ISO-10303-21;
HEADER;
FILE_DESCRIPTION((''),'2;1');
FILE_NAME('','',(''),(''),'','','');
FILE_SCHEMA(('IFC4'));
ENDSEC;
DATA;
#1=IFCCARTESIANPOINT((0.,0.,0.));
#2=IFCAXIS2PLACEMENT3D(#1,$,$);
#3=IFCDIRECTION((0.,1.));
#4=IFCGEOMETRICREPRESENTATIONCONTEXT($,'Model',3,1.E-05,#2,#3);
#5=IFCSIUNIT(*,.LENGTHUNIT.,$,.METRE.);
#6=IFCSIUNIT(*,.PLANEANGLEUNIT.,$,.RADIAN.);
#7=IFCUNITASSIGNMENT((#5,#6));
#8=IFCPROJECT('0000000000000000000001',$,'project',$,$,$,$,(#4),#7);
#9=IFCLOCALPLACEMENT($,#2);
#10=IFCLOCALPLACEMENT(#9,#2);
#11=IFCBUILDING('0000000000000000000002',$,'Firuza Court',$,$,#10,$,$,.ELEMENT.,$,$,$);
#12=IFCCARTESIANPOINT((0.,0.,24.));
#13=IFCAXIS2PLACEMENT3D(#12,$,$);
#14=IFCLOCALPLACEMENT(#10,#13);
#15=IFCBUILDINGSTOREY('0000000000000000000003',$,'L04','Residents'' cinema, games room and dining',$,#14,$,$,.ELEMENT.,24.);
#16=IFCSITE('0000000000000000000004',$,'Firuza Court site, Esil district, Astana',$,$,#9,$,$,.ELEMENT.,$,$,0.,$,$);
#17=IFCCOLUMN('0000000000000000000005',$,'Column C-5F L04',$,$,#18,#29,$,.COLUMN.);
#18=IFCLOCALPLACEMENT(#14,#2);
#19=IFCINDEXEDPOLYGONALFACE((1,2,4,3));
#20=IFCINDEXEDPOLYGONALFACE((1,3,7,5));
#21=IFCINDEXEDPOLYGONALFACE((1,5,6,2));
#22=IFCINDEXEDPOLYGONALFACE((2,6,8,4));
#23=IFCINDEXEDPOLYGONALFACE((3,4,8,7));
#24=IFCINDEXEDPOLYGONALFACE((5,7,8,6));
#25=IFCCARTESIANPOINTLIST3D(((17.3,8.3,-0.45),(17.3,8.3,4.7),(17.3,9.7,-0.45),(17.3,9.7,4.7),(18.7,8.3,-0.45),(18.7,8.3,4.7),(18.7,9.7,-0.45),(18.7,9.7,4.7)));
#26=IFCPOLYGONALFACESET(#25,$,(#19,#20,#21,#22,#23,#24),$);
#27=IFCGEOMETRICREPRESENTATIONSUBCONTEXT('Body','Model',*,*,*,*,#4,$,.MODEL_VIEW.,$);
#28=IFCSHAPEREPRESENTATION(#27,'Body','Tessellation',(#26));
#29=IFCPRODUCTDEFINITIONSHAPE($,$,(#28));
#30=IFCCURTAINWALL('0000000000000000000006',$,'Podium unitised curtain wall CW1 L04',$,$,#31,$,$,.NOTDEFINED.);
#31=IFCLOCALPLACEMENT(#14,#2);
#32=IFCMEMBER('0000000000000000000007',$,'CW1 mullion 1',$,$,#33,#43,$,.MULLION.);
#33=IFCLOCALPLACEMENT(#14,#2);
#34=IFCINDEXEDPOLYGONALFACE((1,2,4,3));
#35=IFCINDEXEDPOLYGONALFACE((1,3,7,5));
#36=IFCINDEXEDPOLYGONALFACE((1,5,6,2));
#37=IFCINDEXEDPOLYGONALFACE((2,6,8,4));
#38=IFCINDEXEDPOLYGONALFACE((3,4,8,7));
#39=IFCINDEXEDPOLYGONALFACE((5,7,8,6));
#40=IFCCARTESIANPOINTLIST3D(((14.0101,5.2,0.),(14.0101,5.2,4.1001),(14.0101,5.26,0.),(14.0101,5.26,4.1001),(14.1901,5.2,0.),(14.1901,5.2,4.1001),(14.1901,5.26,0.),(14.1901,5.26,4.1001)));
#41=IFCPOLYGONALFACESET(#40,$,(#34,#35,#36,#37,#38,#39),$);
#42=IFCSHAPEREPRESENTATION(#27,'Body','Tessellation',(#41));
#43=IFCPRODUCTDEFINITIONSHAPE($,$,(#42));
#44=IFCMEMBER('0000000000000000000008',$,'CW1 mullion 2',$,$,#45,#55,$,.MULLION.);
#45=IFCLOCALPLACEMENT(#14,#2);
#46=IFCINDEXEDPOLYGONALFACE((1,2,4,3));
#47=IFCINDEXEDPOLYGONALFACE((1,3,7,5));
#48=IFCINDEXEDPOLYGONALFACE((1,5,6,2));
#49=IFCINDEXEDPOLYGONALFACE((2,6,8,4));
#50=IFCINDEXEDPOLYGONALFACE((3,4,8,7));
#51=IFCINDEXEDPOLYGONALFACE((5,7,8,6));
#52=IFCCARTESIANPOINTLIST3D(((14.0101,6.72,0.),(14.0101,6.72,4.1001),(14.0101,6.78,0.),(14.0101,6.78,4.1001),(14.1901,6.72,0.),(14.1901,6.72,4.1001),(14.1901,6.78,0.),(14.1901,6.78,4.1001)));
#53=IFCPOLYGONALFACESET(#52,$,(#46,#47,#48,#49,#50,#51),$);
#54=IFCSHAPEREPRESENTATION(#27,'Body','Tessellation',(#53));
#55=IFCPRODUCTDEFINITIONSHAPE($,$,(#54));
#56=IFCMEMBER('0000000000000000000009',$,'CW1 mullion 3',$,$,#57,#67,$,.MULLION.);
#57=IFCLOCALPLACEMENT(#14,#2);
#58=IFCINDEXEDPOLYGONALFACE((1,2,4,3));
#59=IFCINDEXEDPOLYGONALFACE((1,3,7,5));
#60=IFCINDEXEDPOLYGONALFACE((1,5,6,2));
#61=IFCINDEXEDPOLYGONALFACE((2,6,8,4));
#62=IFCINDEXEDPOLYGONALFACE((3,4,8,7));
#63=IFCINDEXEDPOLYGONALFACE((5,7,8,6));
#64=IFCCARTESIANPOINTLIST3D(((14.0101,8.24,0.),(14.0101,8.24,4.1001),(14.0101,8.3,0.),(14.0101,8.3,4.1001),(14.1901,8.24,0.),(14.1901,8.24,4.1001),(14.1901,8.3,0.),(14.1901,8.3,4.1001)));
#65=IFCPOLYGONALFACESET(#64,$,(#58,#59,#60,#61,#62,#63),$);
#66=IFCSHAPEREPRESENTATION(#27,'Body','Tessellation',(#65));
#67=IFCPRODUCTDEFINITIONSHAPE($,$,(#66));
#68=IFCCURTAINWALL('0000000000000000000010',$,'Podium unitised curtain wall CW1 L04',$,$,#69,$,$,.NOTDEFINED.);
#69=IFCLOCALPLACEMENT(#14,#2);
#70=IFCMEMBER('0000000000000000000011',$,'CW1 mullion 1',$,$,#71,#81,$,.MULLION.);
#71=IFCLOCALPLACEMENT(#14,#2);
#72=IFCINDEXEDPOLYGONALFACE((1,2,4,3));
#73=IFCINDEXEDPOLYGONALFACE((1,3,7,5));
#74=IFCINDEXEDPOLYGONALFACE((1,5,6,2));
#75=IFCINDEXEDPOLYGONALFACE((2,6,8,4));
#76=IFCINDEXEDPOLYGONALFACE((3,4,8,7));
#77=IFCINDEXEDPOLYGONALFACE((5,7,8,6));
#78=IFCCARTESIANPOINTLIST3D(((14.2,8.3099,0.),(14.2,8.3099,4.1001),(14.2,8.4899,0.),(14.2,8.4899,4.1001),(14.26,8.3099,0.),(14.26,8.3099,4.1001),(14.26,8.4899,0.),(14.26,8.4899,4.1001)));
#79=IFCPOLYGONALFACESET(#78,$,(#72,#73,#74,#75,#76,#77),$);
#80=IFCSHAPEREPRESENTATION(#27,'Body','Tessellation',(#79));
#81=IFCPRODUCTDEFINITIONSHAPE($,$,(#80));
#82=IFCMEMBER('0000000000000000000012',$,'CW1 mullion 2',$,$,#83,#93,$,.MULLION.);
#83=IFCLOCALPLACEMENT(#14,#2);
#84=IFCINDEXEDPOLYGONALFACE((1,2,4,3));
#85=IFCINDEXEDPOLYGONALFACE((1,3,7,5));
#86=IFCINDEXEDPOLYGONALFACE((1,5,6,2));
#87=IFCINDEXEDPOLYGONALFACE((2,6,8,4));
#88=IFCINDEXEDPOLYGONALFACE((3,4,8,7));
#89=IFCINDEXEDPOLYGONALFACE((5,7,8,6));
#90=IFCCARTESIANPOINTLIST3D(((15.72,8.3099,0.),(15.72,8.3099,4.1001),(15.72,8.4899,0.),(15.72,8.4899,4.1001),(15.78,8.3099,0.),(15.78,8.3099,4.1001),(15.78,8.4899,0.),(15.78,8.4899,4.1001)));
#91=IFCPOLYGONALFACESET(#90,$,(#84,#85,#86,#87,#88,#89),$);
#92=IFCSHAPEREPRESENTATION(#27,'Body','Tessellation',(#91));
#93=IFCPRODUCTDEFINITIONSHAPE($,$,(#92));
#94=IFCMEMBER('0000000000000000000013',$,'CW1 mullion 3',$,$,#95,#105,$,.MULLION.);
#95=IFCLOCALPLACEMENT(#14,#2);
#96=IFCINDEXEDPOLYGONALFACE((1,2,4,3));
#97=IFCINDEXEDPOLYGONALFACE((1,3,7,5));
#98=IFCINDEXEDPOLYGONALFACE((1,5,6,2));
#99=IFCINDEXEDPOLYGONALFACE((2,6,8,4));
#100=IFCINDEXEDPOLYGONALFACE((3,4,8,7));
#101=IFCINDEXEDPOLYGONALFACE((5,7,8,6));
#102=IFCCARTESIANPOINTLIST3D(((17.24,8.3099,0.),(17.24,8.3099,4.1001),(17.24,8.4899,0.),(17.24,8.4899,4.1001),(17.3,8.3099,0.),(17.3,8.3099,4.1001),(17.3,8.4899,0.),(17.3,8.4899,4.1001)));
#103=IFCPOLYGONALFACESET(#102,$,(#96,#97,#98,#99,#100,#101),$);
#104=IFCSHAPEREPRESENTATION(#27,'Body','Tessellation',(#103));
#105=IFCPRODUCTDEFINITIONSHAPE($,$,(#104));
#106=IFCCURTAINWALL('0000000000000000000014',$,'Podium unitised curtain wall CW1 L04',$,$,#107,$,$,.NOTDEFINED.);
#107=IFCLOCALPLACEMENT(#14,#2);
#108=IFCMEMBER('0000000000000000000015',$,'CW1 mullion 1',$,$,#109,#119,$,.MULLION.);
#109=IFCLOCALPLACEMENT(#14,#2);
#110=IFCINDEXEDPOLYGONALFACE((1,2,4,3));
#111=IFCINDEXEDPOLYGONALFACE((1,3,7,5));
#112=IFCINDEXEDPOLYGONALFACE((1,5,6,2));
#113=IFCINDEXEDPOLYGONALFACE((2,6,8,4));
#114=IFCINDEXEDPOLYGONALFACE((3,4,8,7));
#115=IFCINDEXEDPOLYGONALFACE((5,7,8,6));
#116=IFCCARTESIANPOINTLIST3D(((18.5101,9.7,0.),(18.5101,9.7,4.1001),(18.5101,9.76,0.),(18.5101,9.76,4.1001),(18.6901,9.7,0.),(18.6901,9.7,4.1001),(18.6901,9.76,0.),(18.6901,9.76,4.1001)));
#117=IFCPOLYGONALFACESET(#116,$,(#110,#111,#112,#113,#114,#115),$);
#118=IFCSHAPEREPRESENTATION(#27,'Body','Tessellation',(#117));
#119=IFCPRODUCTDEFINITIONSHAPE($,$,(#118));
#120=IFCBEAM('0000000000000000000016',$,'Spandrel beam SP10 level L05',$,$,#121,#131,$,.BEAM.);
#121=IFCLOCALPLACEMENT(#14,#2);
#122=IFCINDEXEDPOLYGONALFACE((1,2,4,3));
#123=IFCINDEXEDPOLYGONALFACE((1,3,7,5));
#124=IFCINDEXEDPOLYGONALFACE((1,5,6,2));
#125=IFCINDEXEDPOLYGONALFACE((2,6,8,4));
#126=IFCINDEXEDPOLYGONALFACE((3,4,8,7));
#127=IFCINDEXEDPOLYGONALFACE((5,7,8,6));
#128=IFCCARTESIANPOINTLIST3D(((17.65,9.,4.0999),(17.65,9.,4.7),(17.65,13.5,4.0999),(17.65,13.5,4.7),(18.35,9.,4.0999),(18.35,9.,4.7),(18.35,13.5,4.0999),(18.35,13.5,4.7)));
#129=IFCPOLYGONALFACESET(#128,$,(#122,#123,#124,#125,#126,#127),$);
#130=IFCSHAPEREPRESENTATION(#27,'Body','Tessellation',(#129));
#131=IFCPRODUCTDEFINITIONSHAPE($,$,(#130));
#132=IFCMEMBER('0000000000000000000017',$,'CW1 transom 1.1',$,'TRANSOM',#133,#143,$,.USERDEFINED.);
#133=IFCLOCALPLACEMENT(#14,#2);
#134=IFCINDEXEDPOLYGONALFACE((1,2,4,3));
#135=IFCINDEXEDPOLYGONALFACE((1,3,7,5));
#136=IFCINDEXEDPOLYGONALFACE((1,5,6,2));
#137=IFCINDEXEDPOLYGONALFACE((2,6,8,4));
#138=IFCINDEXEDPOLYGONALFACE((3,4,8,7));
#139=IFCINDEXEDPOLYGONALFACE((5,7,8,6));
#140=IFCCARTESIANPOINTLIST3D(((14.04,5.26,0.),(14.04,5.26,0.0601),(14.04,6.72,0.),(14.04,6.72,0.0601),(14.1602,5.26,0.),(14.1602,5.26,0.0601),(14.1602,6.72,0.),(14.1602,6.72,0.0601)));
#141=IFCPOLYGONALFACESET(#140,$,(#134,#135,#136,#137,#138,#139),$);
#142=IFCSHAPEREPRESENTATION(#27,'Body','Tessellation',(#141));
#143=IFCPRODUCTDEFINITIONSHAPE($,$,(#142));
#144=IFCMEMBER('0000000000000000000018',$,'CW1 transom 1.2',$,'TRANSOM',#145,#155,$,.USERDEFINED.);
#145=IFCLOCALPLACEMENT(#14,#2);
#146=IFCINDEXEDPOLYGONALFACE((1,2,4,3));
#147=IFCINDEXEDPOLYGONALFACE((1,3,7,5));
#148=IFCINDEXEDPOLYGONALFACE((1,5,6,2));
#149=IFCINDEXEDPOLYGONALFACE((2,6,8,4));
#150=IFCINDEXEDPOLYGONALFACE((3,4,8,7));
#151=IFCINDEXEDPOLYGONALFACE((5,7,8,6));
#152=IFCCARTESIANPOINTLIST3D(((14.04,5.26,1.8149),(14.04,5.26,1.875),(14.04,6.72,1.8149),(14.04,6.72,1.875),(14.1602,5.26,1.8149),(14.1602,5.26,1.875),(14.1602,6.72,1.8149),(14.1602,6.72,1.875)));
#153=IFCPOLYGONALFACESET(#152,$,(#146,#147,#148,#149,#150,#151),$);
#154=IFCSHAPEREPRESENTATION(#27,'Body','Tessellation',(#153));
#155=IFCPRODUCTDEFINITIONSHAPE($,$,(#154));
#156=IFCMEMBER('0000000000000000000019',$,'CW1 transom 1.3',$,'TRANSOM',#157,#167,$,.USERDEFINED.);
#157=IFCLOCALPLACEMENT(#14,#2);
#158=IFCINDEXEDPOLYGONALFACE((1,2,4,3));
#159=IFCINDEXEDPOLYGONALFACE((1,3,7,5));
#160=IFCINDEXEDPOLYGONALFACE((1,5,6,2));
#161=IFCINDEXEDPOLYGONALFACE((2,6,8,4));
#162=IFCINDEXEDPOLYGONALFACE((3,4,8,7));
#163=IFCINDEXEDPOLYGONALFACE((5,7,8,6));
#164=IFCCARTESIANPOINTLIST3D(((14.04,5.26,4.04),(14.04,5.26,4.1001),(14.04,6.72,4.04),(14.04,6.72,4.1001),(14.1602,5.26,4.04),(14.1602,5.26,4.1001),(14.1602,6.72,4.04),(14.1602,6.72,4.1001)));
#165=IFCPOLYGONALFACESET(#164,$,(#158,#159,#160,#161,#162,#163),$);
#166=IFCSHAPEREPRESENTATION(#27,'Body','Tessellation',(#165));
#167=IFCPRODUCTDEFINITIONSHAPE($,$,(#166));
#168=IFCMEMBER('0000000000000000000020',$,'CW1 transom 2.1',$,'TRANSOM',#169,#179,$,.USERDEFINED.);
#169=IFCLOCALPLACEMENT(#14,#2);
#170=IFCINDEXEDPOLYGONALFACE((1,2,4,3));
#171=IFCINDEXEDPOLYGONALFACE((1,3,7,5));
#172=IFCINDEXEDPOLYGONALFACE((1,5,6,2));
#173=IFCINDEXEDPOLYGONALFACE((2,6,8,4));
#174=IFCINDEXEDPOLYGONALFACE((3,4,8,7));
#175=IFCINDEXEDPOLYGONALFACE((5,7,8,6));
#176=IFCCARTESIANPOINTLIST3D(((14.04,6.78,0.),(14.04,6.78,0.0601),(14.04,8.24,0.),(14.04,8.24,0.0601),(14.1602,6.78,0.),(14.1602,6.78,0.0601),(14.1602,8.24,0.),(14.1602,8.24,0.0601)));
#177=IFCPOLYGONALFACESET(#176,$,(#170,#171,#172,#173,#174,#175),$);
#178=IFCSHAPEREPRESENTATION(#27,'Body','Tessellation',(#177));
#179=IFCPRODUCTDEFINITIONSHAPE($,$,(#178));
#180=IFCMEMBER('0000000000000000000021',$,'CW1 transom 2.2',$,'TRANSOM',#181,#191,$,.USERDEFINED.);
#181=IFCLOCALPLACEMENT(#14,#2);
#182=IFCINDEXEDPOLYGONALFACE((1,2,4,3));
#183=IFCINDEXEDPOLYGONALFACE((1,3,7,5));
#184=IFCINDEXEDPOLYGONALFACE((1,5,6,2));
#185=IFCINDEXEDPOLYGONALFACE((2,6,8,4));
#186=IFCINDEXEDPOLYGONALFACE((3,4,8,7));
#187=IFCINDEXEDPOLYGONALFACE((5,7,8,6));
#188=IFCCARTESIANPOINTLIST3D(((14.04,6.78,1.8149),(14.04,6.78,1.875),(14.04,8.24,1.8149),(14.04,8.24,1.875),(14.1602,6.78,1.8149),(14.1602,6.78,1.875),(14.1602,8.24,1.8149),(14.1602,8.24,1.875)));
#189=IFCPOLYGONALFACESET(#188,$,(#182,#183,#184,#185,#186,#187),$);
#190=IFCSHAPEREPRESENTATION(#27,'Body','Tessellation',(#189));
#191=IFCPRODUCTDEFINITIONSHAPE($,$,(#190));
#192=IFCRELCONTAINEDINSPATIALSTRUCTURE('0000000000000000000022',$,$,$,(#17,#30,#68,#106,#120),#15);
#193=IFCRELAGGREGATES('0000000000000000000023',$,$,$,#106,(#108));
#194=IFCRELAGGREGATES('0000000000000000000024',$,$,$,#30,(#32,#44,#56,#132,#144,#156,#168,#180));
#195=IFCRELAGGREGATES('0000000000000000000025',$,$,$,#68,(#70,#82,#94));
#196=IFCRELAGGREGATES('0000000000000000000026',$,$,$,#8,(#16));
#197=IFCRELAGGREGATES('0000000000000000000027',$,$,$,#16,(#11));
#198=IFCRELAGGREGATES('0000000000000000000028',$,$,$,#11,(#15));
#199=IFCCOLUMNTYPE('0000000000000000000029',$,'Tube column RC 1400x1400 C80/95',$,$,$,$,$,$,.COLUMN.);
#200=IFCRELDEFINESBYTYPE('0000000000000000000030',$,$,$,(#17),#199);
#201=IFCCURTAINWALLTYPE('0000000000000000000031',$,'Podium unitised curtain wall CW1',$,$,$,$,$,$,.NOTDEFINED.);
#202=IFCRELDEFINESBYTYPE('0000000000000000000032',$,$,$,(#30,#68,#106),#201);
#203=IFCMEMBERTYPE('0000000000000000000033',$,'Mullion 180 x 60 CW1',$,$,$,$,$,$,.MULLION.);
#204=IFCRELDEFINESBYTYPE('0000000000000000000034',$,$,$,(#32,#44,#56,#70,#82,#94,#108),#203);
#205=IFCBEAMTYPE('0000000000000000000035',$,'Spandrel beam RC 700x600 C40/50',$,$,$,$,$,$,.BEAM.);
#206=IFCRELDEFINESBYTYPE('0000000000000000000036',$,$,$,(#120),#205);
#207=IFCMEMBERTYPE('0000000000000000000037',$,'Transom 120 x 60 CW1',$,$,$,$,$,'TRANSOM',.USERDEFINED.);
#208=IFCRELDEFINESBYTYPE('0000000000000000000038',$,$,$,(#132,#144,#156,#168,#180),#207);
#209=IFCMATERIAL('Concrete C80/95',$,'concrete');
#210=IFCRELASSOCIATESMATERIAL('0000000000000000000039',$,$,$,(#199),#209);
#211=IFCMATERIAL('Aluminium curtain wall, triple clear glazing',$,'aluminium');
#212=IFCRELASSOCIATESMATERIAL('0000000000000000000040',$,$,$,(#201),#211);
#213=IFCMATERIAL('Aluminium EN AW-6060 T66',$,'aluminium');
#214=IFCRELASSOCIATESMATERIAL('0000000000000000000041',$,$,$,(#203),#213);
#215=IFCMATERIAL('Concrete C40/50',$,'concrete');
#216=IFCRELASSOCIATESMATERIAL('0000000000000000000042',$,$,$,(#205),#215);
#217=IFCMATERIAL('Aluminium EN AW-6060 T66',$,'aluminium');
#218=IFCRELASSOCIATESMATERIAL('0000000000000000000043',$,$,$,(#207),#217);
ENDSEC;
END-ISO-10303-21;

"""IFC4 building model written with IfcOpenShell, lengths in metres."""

from ifc_helpers import new_model, si_unit, direction, frame, origin, origin_2d, place, context, subcontext, project, spatial, rectangle, extrude, material, material_profile, profile_set, type_object, element, aggregate, save


model = new_model("IFC4")

# Units and contexts
model_context = context("Model", 3, precision=1e-05, world=origin(), true_north=direction((0.0, 1.0)))
body_context = subcontext(model_context, "Body", "Model", "MODEL_VIEW")
ifc_project = project(units=[si_unit("LENGTHUNIT", "METRE"), si_unit("PLANEANGLEUNIT", "RADIAN")], contexts=[model_context])

# Site, building, storey
site_placement = place(None, origin())
site = spatial("IfcSite", under=ifc_project, at=site_placement, Name="Firuza Court site, Esil district, Astana", CompositionType="ELEMENT", RefElevation=0.0)
building_placement = place(site_placement, origin())
building = spatial("IfcBuilding", under=site, at=building_placement, Name="Firuza Court", CompositionType="ELEMENT")
storey_placement = place(building_placement, frame((0.0, 0.0, 24.0)))
storey = spatial("IfcBuildingStorey", under=building, at=storey_placement, Name="L04", Description="Residents' cinema, games room and dining", CompositionType="ELEMENT", Elevation=24.0)

# Column
ifc_material_1 = material(Name="Concrete C80/95", Category="concrete")
ifc_material_profile_1 = material_profile(ifc_material_1, rectangle(XDim=1.3999, YDim=1.3999, at=origin_2d()), Name="RC 1400x1400")
ifc_profile_set_1 = profile_set([ifc_material_profile_1], Name="Concrete C80/95")
column_type = type_object("IfcColumnType", Name="Tube column RC 1400x1400 C80/95", PredefinedType="COLUMN", material=ifc_profile_set_1)
column_placement = place(storey_placement, frame((18.0, 9.0, -0.45), z_axis=(0.0, 0.0, 1.0), x_axis=(1.0, 0.0, 0.0)))
element("IfcColumn", 1, at=column_placement, inside=storey, type_object=column_type, Name="Column C-5F L04", PredefinedType="COLUMN", context=body_context, shape_type="SweptSolid", body=[
    extrude(rectangle(XDim=1.3999, YDim=1.3999, at=origin_2d()), origin(), (0.0, 0.0, 1.0), 5.1499),
])

# Curtain walls, members
ifc_material_2 = material(Name="Aluminium curtain wall, triple clear glazing", Category="aluminium")
curtain_wall_type = type_object("IfcCurtainWallType", Name="Podium unitised curtain wall CW1", PredefinedType="NOTDEFINED", material=ifc_material_2)
curtain_wall_1_placement = place(storey_placement, origin())
curtain_wall_1 = element("IfcCurtainWall", 2, at=curtain_wall_1_placement, inside=storey, type_object=curtain_wall_type, Name="Podium unitised curtain wall CW1 L04", PredefinedType="NOTDEFINED")
ifc_material_3 = material(Name="Aluminium EN AW-6060 T66", Category="aluminium")
ifc_material_profile_2 = material_profile(ifc_material_3, rectangle(XDim=0.1799, YDim=0.0601, at=origin_2d()), Name="Mullion 180 x 60 CW1")
ifc_profile_set_2 = profile_set([ifc_material_profile_2], Name="Aluminium EN AW-6060 T66")
member_type_1 = type_object("IfcMemberType", Name="Mullion 180 x 60 CW1", PredefinedType="MULLION", material=ifc_profile_set_2)
member_1_placement = place(storey_placement, frame((14.1001, 5.23, 0.0), z_axis=(0.0, 0.0, 1.0), x_axis=(-1.0, 0.0, 0.0)))
member_1 = element("IfcMember", 3, at=member_1_placement, type_object=member_type_1, Name="CW1 mullion 1", PredefinedType="MULLION", context=body_context, shape_type="SweptSolid", body=[
    extrude(rectangle(XDim=0.1799, YDim=0.0601, at=origin_2d()), origin(), (0.0, 0.0, 1.0), 4.1001),
])
member_2_placement = place(storey_placement, frame((14.1001, 6.75, 0.0), z_axis=(0.0, 0.0, 1.0), x_axis=(-1.0, 0.0, 0.0)))
member_2 = element("IfcMember", 4, at=member_2_placement, type_object=member_type_1, Name="CW1 mullion 2", PredefinedType="MULLION", context=body_context, shape_type="SweptSolid", body=[
    extrude(rectangle(XDim=0.1799, YDim=0.0601, at=origin_2d()), origin(), (0.0, 0.0, 1.0), 4.1001),
])
member_3_placement = place(storey_placement, frame((14.1001, 8.27, 0.0), z_axis=(0.0, 0.0, 1.0), x_axis=(-1.0, 0.0, 0.0)))
member_3 = element("IfcMember", 5, at=member_3_placement, type_object=member_type_1, Name="CW1 mullion 3", PredefinedType="MULLION", context=body_context, shape_type="SweptSolid", body=[
    extrude(rectangle(XDim=0.1799, YDim=0.0601, at=origin_2d()), origin(), (0.0, 0.0, 1.0), 4.1001),
])
curtain_wall_2_placement = place(storey_placement, origin())
curtain_wall_2 = element("IfcCurtainWall", 6, at=curtain_wall_2_placement, inside=storey, type_object=curtain_wall_type, Name="Podium unitised curtain wall CW1 L04", PredefinedType="NOTDEFINED")
member_4_placement = place(storey_placement, frame((14.23, 8.3999, 0.0), z_axis=(0.0, 0.0, 1.0), x_axis=(0.0, 1.0, 0.0)))
member_4 = element("IfcMember", 7, at=member_4_placement, type_object=member_type_1, Name="CW1 mullion 1", PredefinedType="MULLION", context=body_context, shape_type="SweptSolid", body=[
    extrude(rectangle(XDim=0.1799, YDim=0.0601, at=origin_2d()), origin(), (0.0, 0.0, 1.0), 4.1001),
])
member_5_placement = place(storey_placement, frame((15.75, 8.3999, 0.0), z_axis=(0.0, 0.0, 1.0), x_axis=(0.0, 1.0, 0.0)))
member_5 = element("IfcMember", 8, at=member_5_placement, type_object=member_type_1, Name="CW1 mullion 2", PredefinedType="MULLION", context=body_context, shape_type="SweptSolid", body=[
    extrude(rectangle(XDim=0.1799, YDim=0.0601, at=origin_2d()), origin(), (0.0, 0.0, 1.0), 4.1001),
])
member_6_placement = place(storey_placement, frame((17.27, 8.3999, 0.0), z_axis=(0.0, 0.0, 1.0), x_axis=(0.0, 1.0, 0.0)))
member_6 = element("IfcMember", 9, at=member_6_placement, type_object=member_type_1, Name="CW1 mullion 3", PredefinedType="MULLION", context=body_context, shape_type="SweptSolid", body=[
    extrude(rectangle(XDim=0.1799, YDim=0.0601, at=origin_2d()), origin(), (0.0, 0.0, 1.0), 4.1001),
])

# Curtain wall, member
curtain_wall_3_placement = place(storey_placement, origin())
curtain_wall_3 = element("IfcCurtainWall", 10, at=curtain_wall_3_placement, inside=storey, type_object=curtain_wall_type, Name="Podium unitised curtain wall CW1 L04", PredefinedType="NOTDEFINED")
member_7_placement = place(storey_placement, frame((18.6001, 9.73, 0.0), z_axis=(0.0, 0.0, 1.0), x_axis=(-1.0, 0.0, 0.0)))
member_7 = element("IfcMember", 11, at=member_7_placement, type_object=member_type_1, Name="CW1 mullion 1", PredefinedType="MULLION", context=body_context, shape_type="SweptSolid", body=[
    extrude(rectangle(XDim=0.1799, YDim=0.0601, at=origin_2d()), origin(), (0.0, 0.0, 1.0), 4.1001),
])
aggregate(curtain_wall_3, [member_7])

# Beam
ifc_material_4 = material(Name="Concrete C40/50", Category="concrete")
ifc_material_profile_3 = material_profile(ifc_material_4, rectangle(XDim=0.7, YDim=0.6001, at=origin_2d()), Name="RC 700x600")
ifc_profile_set_3 = profile_set([ifc_material_profile_3], Name="Concrete C40/50")
beam_type = type_object("IfcBeamType", Name="Spandrel beam RC 700x600 C40/50", PredefinedType="BEAM", material=ifc_profile_set_3)
beam_placement = place(storey_placement, frame((18.0, 9.0, 4.3999), z_axis=(0.0, 1.0, 0.0), x_axis=(-1.0, 0.0, 0.0)))
element("IfcBeam", 12, at=beam_placement, inside=storey, type_object=beam_type, Name="Spandrel beam SP10 level L05", PredefinedType="BEAM", context=body_context, shape_type="SweptSolid", body=[
    extrude(rectangle(XDim=0.7, YDim=0.6001, at=origin_2d()), origin(), (0.0, 0.0, 1.0), 4.5),
])

# Members
ifc_material_5 = material(Name="Aluminium EN AW-6060 T66", Category="aluminium")
ifc_material_profile_4 = material_profile(ifc_material_5, rectangle(XDim=0.1201, YDim=0.0601, at=origin_2d()), Name="Transom 120 x 60 CW1")
ifc_profile_set_4 = profile_set([ifc_material_profile_4], Name="Aluminium EN AW-6060 T66")
member_type_2 = type_object("IfcMemberType", Name="Transom 120 x 60 CW1", ElementType="TRANSOM", PredefinedType="USERDEFINED", material=ifc_profile_set_4)
member_8_placement = place(storey_placement, frame((14.1001, 5.26, 0.03), z_axis=(0.0, 1.0, 0.0), x_axis=(-1.0, 0.0, 0.0)))
member_8 = element("IfcMember", 13, at=member_8_placement, type_object=member_type_2, Name="CW1 transom 1.1", ObjectType="TRANSOM", PredefinedType="USERDEFINED", context=body_context, shape_type="SweptSolid", body=[
    extrude(rectangle(XDim=0.1201, YDim=0.0601, at=origin_2d()), origin(), (0.0, 0.0, 1.0), 1.46),
])
member_9_placement = place(storey_placement, frame((14.1001, 5.26, 1.845), z_axis=(0.0, 1.0, 0.0), x_axis=(-1.0, 0.0, 0.0)))
member_9 = element("IfcMember", 14, at=member_9_placement, type_object=member_type_2, Name="CW1 transom 1.2", ObjectType="TRANSOM", PredefinedType="USERDEFINED", context=body_context, shape_type="SweptSolid", body=[
    extrude(rectangle(XDim=0.1201, YDim=0.0601, at=origin_2d()), origin(), (0.0, 0.0, 1.0), 1.46),
])
member_10_placement = place(storey_placement, frame((14.1001, 5.26, 4.0701), z_axis=(0.0, 1.0, 0.0), x_axis=(-1.0, 0.0, 0.0)))
member_10 = element("IfcMember", 15, at=member_10_placement, type_object=member_type_2, Name="CW1 transom 1.3", ObjectType="TRANSOM", PredefinedType="USERDEFINED", context=body_context, shape_type="SweptSolid", body=[
    extrude(rectangle(XDim=0.1201, YDim=0.0601, at=origin_2d()), origin(), (0.0, 0.0, 1.0), 1.46),
])
member_11_placement = place(storey_placement, frame((14.1001, 6.78, 0.03), z_axis=(0.0, 1.0, 0.0), x_axis=(-1.0, 0.0, 0.0)))
member_11 = element("IfcMember", 16, at=member_11_placement, type_object=member_type_2, Name="CW1 transom 2.1", ObjectType="TRANSOM", PredefinedType="USERDEFINED", context=body_context, shape_type="SweptSolid", body=[
    extrude(rectangle(XDim=0.1201, YDim=0.0601, at=origin_2d()), origin(), (0.0, 0.0, 1.0), 1.46),
])
member_12_placement = place(storey_placement, frame((14.1001, 6.78, 1.845), z_axis=(0.0, 1.0, 0.0), x_axis=(-1.0, 0.0, 0.0)))
member_12 = element("IfcMember", 17, at=member_12_placement, type_object=member_type_2, Name="CW1 transom 2.2", ObjectType="TRANSOM", PredefinedType="USERDEFINED", context=body_context, shape_type="SweptSolid", body=[
    extrude(rectangle(XDim=0.1201, YDim=0.0601, at=origin_2d()), origin(), (0.0, 0.0, 1.0), 1.46),
])

aggregate(curtain_wall_1, [member_1, member_2, member_3, member_8, member_9, member_10, member_11, member_12])
aggregate(curtain_wall_2, [member_4, member_5, member_6])

save(model, "model.ifc")
